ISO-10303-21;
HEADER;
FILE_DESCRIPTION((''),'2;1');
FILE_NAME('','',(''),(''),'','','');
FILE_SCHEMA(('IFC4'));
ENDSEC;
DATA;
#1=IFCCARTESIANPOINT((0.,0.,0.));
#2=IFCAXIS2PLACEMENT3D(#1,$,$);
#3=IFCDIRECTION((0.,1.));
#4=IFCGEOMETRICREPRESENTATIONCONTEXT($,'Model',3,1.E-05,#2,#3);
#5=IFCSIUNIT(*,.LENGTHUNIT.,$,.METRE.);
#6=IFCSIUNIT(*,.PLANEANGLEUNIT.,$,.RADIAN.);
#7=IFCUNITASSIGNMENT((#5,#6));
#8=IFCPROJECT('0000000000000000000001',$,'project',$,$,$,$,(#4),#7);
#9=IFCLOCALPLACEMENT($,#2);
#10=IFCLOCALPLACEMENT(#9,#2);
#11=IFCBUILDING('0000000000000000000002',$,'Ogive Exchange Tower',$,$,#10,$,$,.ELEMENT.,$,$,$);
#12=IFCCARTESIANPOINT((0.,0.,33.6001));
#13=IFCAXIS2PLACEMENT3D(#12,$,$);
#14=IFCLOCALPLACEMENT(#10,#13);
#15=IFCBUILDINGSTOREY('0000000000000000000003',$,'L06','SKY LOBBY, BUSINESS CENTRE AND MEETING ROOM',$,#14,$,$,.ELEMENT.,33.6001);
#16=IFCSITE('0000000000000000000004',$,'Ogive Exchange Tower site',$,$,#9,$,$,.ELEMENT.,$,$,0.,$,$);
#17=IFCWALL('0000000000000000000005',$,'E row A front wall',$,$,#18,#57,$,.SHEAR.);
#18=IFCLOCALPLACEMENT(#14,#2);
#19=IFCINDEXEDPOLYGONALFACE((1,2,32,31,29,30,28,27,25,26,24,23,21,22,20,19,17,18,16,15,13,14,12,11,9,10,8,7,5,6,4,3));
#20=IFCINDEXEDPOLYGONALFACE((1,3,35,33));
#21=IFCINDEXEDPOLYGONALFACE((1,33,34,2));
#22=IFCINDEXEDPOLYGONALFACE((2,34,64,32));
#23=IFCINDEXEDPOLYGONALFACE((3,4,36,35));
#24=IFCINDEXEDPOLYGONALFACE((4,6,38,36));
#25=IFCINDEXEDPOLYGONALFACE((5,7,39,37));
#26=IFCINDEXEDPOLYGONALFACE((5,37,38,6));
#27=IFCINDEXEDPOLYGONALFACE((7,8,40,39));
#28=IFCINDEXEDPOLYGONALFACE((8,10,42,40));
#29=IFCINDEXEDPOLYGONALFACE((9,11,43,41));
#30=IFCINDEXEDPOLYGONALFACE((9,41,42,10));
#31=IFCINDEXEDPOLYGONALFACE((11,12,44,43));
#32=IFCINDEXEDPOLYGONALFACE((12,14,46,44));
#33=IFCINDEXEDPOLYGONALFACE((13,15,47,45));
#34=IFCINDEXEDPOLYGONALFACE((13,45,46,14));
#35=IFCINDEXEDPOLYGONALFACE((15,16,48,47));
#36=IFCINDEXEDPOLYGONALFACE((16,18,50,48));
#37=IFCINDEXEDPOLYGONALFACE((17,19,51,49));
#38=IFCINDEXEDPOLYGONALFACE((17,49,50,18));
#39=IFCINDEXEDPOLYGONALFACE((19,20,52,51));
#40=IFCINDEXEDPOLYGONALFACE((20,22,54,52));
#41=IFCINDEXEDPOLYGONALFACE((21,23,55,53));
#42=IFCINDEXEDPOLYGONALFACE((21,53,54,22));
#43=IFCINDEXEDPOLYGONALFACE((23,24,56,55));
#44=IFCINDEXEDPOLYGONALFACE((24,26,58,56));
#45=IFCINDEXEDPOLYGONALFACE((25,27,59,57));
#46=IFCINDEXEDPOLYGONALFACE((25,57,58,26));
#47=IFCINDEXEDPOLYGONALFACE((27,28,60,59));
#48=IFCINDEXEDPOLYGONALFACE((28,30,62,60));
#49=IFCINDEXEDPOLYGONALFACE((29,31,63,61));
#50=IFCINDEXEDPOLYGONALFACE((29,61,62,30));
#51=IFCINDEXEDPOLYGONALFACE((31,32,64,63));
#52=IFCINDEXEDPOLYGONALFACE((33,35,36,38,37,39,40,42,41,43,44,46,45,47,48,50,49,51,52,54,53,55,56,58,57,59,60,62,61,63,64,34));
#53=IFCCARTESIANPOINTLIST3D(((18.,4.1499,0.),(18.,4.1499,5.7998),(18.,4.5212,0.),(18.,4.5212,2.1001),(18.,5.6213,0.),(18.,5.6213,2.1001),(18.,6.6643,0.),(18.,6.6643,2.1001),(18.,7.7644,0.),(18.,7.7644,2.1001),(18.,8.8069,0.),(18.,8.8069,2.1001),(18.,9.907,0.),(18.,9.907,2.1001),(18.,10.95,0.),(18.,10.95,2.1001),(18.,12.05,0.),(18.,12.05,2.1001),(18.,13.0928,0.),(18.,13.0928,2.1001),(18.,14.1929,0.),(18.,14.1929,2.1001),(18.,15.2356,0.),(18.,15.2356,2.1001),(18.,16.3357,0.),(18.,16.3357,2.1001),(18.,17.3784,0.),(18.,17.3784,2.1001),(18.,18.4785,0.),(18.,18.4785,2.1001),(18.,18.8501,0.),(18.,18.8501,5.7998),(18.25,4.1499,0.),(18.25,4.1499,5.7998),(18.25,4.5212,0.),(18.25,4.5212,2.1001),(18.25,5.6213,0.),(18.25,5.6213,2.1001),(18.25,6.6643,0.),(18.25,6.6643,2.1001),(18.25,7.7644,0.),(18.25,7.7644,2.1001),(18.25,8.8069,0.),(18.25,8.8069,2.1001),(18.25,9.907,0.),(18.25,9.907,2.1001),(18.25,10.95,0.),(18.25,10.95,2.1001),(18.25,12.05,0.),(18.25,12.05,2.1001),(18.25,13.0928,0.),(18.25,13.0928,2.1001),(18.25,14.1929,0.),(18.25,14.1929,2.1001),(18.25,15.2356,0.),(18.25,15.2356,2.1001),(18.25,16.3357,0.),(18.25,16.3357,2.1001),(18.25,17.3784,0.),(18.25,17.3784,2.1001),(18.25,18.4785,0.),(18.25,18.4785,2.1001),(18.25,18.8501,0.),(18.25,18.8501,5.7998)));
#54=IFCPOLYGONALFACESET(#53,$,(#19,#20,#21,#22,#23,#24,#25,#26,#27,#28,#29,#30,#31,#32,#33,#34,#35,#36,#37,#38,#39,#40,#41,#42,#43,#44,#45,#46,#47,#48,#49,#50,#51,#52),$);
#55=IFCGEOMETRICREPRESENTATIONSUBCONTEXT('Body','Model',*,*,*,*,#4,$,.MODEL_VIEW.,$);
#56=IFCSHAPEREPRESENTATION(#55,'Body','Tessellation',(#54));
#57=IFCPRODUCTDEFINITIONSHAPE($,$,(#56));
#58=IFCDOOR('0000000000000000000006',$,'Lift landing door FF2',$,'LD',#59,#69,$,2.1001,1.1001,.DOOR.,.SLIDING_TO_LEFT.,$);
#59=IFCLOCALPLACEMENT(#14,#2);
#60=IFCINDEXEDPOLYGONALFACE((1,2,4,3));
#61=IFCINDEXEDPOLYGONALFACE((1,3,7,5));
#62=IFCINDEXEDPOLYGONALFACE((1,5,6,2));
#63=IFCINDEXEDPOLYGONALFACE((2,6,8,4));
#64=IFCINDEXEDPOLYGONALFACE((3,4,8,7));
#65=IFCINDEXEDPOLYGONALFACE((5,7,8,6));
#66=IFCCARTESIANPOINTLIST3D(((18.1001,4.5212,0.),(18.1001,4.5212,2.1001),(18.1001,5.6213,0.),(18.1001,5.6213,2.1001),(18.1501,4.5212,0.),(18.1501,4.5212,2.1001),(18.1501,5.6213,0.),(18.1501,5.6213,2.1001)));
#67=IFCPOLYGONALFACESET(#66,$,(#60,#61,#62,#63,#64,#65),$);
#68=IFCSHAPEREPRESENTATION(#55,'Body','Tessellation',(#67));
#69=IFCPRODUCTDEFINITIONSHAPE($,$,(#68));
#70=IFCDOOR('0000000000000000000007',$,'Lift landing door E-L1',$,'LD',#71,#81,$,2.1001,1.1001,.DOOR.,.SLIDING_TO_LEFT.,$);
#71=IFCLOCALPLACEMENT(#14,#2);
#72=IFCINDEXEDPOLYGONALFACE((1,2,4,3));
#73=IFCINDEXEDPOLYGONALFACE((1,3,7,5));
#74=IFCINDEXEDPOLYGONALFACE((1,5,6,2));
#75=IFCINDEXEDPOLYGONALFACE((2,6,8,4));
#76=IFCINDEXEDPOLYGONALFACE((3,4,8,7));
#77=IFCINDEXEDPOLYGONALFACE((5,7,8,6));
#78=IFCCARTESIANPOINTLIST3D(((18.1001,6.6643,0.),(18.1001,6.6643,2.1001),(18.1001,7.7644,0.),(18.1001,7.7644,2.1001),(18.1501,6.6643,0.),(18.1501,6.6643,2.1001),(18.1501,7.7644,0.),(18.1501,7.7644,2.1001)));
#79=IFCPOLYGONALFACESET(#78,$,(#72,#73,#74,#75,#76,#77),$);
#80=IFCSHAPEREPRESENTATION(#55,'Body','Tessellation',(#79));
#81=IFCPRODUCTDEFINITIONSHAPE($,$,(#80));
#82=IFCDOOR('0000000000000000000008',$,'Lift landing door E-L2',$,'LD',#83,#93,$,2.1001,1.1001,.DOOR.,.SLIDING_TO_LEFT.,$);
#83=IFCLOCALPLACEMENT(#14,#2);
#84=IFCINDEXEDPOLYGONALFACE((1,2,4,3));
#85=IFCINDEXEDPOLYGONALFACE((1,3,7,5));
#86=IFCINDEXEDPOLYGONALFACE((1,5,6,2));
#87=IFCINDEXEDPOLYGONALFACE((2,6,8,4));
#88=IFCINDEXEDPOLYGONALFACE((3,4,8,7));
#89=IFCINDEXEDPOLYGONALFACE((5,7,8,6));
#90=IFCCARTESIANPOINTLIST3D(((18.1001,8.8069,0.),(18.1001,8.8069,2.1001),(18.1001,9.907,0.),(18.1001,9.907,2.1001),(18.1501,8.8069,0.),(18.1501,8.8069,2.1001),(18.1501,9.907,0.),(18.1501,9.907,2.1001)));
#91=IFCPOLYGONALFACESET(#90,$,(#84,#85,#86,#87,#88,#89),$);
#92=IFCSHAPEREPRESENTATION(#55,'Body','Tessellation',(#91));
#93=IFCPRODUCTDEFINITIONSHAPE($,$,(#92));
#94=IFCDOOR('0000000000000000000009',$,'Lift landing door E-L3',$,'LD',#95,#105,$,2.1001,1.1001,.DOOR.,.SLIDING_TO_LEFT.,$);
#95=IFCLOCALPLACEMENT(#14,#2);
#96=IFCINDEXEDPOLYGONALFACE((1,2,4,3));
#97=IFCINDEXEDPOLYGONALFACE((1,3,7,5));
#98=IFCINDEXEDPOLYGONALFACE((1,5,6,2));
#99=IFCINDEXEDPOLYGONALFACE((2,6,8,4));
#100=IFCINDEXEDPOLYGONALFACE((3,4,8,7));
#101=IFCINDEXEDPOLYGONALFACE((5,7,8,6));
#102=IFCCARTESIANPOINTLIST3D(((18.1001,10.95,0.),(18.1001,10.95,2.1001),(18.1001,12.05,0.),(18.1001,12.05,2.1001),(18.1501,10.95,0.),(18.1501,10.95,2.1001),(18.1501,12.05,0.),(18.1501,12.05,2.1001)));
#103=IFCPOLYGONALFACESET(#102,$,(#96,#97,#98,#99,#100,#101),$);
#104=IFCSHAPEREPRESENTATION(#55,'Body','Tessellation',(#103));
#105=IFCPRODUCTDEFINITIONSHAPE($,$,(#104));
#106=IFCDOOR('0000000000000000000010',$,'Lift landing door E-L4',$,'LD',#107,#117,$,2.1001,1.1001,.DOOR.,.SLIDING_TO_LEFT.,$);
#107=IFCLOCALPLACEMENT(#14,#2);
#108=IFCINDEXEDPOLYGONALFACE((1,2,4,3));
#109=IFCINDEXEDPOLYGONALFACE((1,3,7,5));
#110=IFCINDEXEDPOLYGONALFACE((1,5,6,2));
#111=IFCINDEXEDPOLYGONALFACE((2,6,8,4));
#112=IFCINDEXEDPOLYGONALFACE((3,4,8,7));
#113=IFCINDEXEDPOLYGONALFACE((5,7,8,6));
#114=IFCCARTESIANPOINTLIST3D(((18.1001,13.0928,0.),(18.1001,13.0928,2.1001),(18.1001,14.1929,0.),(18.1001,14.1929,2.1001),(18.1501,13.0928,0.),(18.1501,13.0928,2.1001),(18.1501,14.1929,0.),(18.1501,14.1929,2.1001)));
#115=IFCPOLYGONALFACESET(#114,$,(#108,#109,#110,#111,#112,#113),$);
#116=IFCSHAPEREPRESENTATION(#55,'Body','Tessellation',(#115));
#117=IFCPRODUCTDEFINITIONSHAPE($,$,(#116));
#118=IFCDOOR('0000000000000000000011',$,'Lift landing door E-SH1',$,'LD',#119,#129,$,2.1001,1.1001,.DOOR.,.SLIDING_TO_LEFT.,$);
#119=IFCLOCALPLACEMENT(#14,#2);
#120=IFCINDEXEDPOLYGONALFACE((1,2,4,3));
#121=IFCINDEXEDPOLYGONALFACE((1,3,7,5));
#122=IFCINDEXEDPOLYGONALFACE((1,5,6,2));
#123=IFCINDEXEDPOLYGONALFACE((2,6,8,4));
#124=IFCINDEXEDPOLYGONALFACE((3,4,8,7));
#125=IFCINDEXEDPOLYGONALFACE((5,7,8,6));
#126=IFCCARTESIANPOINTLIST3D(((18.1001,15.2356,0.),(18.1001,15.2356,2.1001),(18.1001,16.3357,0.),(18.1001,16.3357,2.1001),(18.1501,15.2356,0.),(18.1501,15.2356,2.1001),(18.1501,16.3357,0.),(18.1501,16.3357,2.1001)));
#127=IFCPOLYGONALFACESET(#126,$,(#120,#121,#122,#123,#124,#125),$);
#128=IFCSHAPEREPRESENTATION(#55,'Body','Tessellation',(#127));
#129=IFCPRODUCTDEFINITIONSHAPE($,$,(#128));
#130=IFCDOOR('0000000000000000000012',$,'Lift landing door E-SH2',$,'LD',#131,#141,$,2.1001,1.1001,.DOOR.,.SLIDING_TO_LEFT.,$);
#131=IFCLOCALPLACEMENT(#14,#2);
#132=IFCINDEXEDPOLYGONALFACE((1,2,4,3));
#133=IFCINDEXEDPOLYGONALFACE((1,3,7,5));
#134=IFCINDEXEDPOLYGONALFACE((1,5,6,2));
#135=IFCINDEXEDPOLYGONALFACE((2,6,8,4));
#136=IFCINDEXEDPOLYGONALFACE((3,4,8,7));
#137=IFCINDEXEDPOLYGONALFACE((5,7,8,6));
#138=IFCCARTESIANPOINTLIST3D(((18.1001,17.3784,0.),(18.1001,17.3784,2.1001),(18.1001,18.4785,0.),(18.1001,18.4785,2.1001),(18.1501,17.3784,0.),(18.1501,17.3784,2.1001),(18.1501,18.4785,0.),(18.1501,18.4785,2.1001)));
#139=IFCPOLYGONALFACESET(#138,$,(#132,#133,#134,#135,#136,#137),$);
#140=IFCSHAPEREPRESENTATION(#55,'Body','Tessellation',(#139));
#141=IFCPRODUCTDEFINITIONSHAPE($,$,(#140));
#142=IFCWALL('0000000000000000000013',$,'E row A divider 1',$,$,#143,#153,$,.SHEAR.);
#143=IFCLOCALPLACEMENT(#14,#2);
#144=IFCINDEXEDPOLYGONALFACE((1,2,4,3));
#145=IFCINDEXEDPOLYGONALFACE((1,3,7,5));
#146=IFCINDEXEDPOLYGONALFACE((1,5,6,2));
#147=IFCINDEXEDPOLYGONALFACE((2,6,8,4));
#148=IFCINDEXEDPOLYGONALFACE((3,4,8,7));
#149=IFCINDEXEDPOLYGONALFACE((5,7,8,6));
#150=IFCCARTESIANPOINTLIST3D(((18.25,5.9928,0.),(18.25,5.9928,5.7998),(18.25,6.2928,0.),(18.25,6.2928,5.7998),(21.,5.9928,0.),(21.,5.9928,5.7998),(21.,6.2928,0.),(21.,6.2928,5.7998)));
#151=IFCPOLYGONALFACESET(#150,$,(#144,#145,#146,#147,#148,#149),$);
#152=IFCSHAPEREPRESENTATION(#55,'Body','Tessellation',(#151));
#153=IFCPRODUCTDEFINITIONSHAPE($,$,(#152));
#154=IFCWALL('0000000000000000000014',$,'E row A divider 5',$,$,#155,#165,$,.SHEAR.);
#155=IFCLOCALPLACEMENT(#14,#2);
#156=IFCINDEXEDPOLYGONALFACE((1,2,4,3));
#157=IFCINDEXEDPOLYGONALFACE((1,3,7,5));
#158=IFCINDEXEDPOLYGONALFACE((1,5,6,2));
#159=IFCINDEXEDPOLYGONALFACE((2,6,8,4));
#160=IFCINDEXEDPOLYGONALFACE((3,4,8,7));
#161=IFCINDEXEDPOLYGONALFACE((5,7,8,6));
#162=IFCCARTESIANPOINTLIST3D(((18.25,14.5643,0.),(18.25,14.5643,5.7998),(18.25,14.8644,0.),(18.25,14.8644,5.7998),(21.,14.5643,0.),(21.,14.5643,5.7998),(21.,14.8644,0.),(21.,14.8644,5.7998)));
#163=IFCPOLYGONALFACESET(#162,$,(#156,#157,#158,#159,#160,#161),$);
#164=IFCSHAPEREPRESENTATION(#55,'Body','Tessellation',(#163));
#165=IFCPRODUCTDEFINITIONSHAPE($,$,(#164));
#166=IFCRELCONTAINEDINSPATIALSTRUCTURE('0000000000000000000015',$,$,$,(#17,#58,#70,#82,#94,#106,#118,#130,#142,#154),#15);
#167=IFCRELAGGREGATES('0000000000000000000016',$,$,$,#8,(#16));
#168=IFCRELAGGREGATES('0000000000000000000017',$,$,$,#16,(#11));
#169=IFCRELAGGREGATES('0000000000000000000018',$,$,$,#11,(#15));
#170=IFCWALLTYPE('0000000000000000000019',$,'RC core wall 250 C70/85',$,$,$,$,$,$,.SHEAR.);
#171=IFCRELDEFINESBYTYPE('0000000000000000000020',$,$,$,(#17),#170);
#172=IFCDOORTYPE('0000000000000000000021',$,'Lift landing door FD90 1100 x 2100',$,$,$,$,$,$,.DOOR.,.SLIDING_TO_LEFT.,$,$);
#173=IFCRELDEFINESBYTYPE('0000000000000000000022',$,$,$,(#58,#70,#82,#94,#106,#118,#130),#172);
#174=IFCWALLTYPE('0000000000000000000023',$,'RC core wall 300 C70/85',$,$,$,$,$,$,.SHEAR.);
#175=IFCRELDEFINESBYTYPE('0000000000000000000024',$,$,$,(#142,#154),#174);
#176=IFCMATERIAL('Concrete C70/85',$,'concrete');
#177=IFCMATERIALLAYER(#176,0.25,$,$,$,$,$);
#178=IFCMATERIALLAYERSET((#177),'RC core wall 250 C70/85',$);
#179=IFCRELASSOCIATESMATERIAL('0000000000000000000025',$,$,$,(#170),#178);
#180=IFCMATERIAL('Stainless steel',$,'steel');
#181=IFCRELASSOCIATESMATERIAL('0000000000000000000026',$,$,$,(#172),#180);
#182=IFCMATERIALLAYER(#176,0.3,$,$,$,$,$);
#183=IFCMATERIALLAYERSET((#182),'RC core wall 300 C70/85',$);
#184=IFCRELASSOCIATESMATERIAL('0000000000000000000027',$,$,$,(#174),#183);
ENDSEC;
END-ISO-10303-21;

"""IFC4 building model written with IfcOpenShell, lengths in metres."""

from ifc_helpers import new_model, si_unit, direction, frame, frame_2d, origin, place, context, subcontext, project, spatial, rectangle, extrude, material, layer, layer_set, type_object, element, fill, save


model = new_model("IFC4")

# Units and contexts
model_context = context("Model", 3, precision=1e-05, world=origin(), true_north=direction((0.0, 1.0)))
body_context = subcontext(model_context, "Body", "Model", "MODEL_VIEW")
ifc_project = project(units=[si_unit("LENGTHUNIT", "METRE"), si_unit("PLANEANGLEUNIT", "RADIAN")], contexts=[model_context])

# Site, building, storey
site_placement = place(None, origin())
site = spatial("IfcSite", under=ifc_project, at=site_placement, Name="Ogive Exchange Tower site", CompositionType="ELEMENT", RefElevation=0.0)
building_placement = place(site_placement, origin())
building = spatial("IfcBuilding", under=site, at=building_placement, Name="Ogive Exchange Tower", CompositionType="ELEMENT")
storey_placement = place(building_placement, frame((0.0, 0.0, 33.6001)))
storey = spatial("IfcBuildingStorey", under=building, at=storey_placement, Name="L06", Description="SKY LOBBY, BUSINESS CENTRE AND MEETING ROOM", CompositionType="ELEMENT", Elevation=33.6001)

# Shared definitions
ifc_material_1 = material(Name="Concrete C70/85", Category="concrete")
ifc_layer_1 = layer(ifc_material_1, 0.25)
ifc_layer_set_1 = layer_set([ifc_layer_1], Name="RC core wall 250 C70/85")
wall_type_1 = type_object("IfcWallType", Name="RC core wall 250 C70/85", PredefinedType="SHEAR", material=ifc_layer_set_1)

# Wall, openings, doors
wall_1_placement = place(storey_placement, frame((18.125, 4.1499, 0.0), z_axis=(0.0, 0.0, 1.0), x_axis=(0.0, 1.0, 0.0)))
wall_1 = element("IfcWall", 1, at=wall_1_placement, inside=storey, type_object=wall_type_1, Name="E row A front wall", PredefinedType="SHEAR", context=body_context, shape_type="SweptSolid", body=[
    extrude(rectangle(XDim=14.7002, YDim=0.25, at=frame_2d((7.3501, 0.0))), origin(), (0.0, 0.0, 1.0), 5.7998),
])
opening_1_placement = place(wall_1_placement, frame((0.3713, 0.0, 0.0)))
opening_1 = element("IfcOpeningElement", 2, at=opening_1_placement, cuts=wall_1, PredefinedType="OPENING", context=body_context, shape_type="SweptSolid", body=[
    extrude(rectangle(XDim=1.1001, YDim=2.1001, at=frame_2d((0.55, 1.05))), frame((0.0, 0.135, 0.0), z_axis=(0.0, -1.0, 0.0), x_axis=(1.0, 0.0, 0.0)), (0.0, 0.0, 1.0), 0.27),
])
opening_2_placement = place(wall_1_placement, frame((2.5144, 0.0, 0.0)))
opening_2 = element("IfcOpeningElement", 3, at=opening_2_placement, cuts=wall_1, PredefinedType="OPENING", context=body_context, shape_type="SweptSolid", body=[
    extrude(rectangle(XDim=1.1001, YDim=2.1001, at=frame_2d((0.55, 1.05))), frame((0.0, 0.135, 0.0), z_axis=(0.0, -1.0, 0.0), x_axis=(1.0, 0.0, 0.0)), (0.0, 0.0, 1.0), 0.27),
])
opening_3_placement = place(wall_1_placement, frame((4.657, 0.0, 0.0)))
opening_3 = element("IfcOpeningElement", 4, at=opening_3_placement, cuts=wall_1, PredefinedType="OPENING", context=body_context, shape_type="SweptSolid", body=[
    extrude(rectangle(XDim=1.1001, YDim=2.1001, at=frame_2d((0.55, 1.05))), frame((0.0, 0.135, 0.0), z_axis=(0.0, -1.0, 0.0), x_axis=(1.0, 0.0, 0.0)), (0.0, 0.0, 1.0), 0.27),
])
opening_4_placement = place(wall_1_placement, frame((6.8, 0.0, 0.0)))
opening_4 = element("IfcOpeningElement", 5, at=opening_4_placement, cuts=wall_1, PredefinedType="OPENING", context=body_context, shape_type="SweptSolid", body=[
    extrude(rectangle(XDim=1.1001, YDim=2.1001, at=frame_2d((0.55, 1.05))), frame((0.0, 0.135, 0.0), z_axis=(0.0, -1.0, 0.0), x_axis=(1.0, 0.0, 0.0)), (0.0, 0.0, 1.0), 0.27),
])
opening_5_placement = place(wall_1_placement, frame((8.9429, 0.0, 0.0)))
opening_5 = element("IfcOpeningElement", 6, at=opening_5_placement, cuts=wall_1, PredefinedType="OPENING", context=body_context, shape_type="SweptSolid", body=[
    extrude(rectangle(XDim=1.1001, YDim=2.1001, at=frame_2d((0.55, 1.05))), frame((0.0, 0.135, 0.0), z_axis=(0.0, -1.0, 0.0), x_axis=(1.0, 0.0, 0.0)), (0.0, 0.0, 1.0), 0.27),
])
opening_6_placement = place(wall_1_placement, frame((11.0857, 0.0, 0.0)))
opening_6 = element("IfcOpeningElement", 7, at=opening_6_placement, cuts=wall_1, PredefinedType="OPENING", context=body_context, shape_type="SweptSolid", body=[
    extrude(rectangle(XDim=1.1001, YDim=2.1001, at=frame_2d((0.55, 1.05))), frame((0.0, 0.135, 0.0), z_axis=(0.0, -1.0, 0.0), x_axis=(1.0, 0.0, 0.0)), (0.0, 0.0, 1.0), 0.27),
])
opening_7_placement = place(wall_1_placement, frame((13.2285, 0.0, 0.0)))
opening_7 = element("IfcOpeningElement", 8, at=opening_7_placement, cuts=wall_1, PredefinedType="OPENING", context=body_context, shape_type="SweptSolid", body=[
    extrude(rectangle(XDim=1.1001, YDim=2.1001, at=frame_2d((0.55, 1.05))), frame((0.0, 0.135, 0.0), z_axis=(0.0, -1.0, 0.0), x_axis=(1.0, 0.0, 0.0)), (0.0, 0.0, 1.0), 0.27),
])
ifc_material_2 = material(Name="Stainless steel", Category="steel")
door_type_1 = type_object("IfcDoorType", Name="Lift landing door FD90 1100 x 2100", OperationType="SLIDING_TO_LEFT", PredefinedType="DOOR", material=ifc_material_2)
door_1_placement = place(opening_1_placement, origin())
door_1 = element("IfcDoor", 9, at=door_1_placement, inside=storey, type_object=door_type_1, Name="Lift landing door FF2", ObjectType="LD", OperationType="SLIDING_TO_LEFT", OverallHeight=2.1001, OverallWidth=1.1001, PredefinedType="DOOR", context=body_context, shape_type="SweptSolid", body=[
    extrude(rectangle(XDim=1.1001, YDim=2.1001, at=frame_2d((0.55, 1.05))), frame((0.0, 0.0249, 0.0), z_axis=(0.0, -1.0, 0.0), x_axis=(1.0, 0.0, 0.0)), (0.0, 0.0, 1.0), 0.05),
])
fill(opening_1, door_1)
door_2_placement = place(opening_2_placement, origin())
door_2 = element("IfcDoor", 10, at=door_2_placement, inside=storey, type_object=door_type_1, Name="Lift landing door E-L1", ObjectType="LD", OperationType="SLIDING_TO_LEFT", OverallHeight=2.1001, OverallWidth=1.1001, PredefinedType="DOOR", context=body_context, shape_type="SweptSolid", body=[
    extrude(rectangle(XDim=1.1001, YDim=2.1001, at=frame_2d((0.55, 1.05))), frame((0.0, 0.0249, 0.0), z_axis=(0.0, -1.0, 0.0), x_axis=(1.0, 0.0, 0.0)), (0.0, 0.0, 1.0), 0.05),
])
fill(opening_2, door_2)
door_3_placement = place(opening_3_placement, origin())
door_3 = element("IfcDoor", 11, at=door_3_placement, inside=storey, type_object=door_type_1, Name="Lift landing door E-L2", ObjectType="LD", OperationType="SLIDING_TO_LEFT", OverallHeight=2.1001, OverallWidth=1.1001, PredefinedType="DOOR", context=body_context, shape_type="SweptSolid", body=[
    extrude(rectangle(XDim=1.1001, YDim=2.1001, at=frame_2d((0.55, 1.05))), frame((0.0, 0.0249, 0.0), z_axis=(0.0, -1.0, 0.0), x_axis=(1.0, 0.0, 0.0)), (0.0, 0.0, 1.0), 0.05),
])
fill(opening_3, door_3)
door_4_placement = place(opening_4_placement, origin())
door_4 = element("IfcDoor", 12, at=door_4_placement, inside=storey, type_object=door_type_1, Name="Lift landing door E-L3", ObjectType="LD", OperationType="SLIDING_TO_LEFT", OverallHeight=2.1001, OverallWidth=1.1001, PredefinedType="DOOR", context=body_context, shape_type="SweptSolid", body=[
    extrude(rectangle(XDim=1.1001, YDim=2.1001, at=frame_2d((0.55, 1.05))), frame((0.0, 0.0249, 0.0), z_axis=(0.0, -1.0, 0.0), x_axis=(1.0, 0.0, 0.0)), (0.0, 0.0, 1.0), 0.05),
])
fill(opening_4, door_4)
door_5_placement = place(opening_5_placement, origin())
door_5 = element("IfcDoor", 13, at=door_5_placement, inside=storey, type_object=door_type_1, Name="Lift landing door E-L4", ObjectType="LD", OperationType="SLIDING_TO_LEFT", OverallHeight=2.1001, OverallWidth=1.1001, PredefinedType="DOOR", context=body_context, shape_type="SweptSolid", body=[
    extrude(rectangle(XDim=1.1001, YDim=2.1001, at=frame_2d((0.55, 1.05))), frame((0.0, 0.0249, 0.0), z_axis=(0.0, -1.0, 0.0), x_axis=(1.0, 0.0, 0.0)), (0.0, 0.0, 1.0), 0.05),
])
fill(opening_5, door_5)
door_6_placement = place(opening_6_placement, origin())
door_6 = element("IfcDoor", 14, at=door_6_placement, inside=storey, type_object=door_type_1, Name="Lift landing door E-SH1", ObjectType="LD", OperationType="SLIDING_TO_LEFT", OverallHeight=2.1001, OverallWidth=1.1001, PredefinedType="DOOR", context=body_context, shape_type="SweptSolid", body=[
    extrude(rectangle(XDim=1.1001, YDim=2.1001, at=frame_2d((0.55, 1.05))), frame((0.0, 0.0249, 0.0), z_axis=(0.0, -1.0, 0.0), x_axis=(1.0, 0.0, 0.0)), (0.0, 0.0, 1.0), 0.05),
])
fill(opening_6, door_6)
door_7_placement = place(opening_7_placement, origin())
door_7 = element("IfcDoor", 15, at=door_7_placement, inside=storey, type_object=door_type_1, Name="Lift landing door E-SH2", ObjectType="LD", OperationType="SLIDING_TO_LEFT", OverallHeight=2.1001, OverallWidth=1.1001, PredefinedType="DOOR", context=body_context, shape_type="SweptSolid", body=[
    extrude(rectangle(XDim=1.1001, YDim=2.1001, at=frame_2d((0.55, 1.05))), frame((0.0, 0.0249, 0.0), z_axis=(0.0, -1.0, 0.0), x_axis=(1.0, 0.0, 0.0)), (0.0, 0.0, 1.0), 0.05),
])
fill(opening_7, door_7)

# Walls
ifc_layer_2 = layer(ifc_material_1, 0.3)
ifc_layer_set_2 = layer_set([ifc_layer_2], Name="RC core wall 300 C70/85")
wall_type_2 = type_object("IfcWallType", Name="RC core wall 300 C70/85", PredefinedType="SHEAR", material=ifc_layer_set_2)
for number, where, z_axis, x_axis, name in (
    (16, (18.25, 6.1428, 0.0), (0.0, 0.0, 1.0), (1.0, 0.0, 0.0), "E row A divider 1"),
    (17, (18.25, 14.7144, 0.0), (0.0, 0.0, 1.0), (1.0, 0.0, 0.0), "E row A divider 5"),
):
    element("IfcWall", number, at=place(storey_placement, frame(where, z_axis=z_axis, x_axis=x_axis)), inside=storey, type_object=wall_type_2, Name=name, PredefinedType="SHEAR", context=body_context, shape_type="SweptSolid", body=[
        extrude(rectangle(XDim=2.75, YDim=0.3, at=frame_2d((1.375, 0.0))), origin(), (0.0, 0.0, 1.0), 5.7998),
    ])

save(model, "model.ifc")
